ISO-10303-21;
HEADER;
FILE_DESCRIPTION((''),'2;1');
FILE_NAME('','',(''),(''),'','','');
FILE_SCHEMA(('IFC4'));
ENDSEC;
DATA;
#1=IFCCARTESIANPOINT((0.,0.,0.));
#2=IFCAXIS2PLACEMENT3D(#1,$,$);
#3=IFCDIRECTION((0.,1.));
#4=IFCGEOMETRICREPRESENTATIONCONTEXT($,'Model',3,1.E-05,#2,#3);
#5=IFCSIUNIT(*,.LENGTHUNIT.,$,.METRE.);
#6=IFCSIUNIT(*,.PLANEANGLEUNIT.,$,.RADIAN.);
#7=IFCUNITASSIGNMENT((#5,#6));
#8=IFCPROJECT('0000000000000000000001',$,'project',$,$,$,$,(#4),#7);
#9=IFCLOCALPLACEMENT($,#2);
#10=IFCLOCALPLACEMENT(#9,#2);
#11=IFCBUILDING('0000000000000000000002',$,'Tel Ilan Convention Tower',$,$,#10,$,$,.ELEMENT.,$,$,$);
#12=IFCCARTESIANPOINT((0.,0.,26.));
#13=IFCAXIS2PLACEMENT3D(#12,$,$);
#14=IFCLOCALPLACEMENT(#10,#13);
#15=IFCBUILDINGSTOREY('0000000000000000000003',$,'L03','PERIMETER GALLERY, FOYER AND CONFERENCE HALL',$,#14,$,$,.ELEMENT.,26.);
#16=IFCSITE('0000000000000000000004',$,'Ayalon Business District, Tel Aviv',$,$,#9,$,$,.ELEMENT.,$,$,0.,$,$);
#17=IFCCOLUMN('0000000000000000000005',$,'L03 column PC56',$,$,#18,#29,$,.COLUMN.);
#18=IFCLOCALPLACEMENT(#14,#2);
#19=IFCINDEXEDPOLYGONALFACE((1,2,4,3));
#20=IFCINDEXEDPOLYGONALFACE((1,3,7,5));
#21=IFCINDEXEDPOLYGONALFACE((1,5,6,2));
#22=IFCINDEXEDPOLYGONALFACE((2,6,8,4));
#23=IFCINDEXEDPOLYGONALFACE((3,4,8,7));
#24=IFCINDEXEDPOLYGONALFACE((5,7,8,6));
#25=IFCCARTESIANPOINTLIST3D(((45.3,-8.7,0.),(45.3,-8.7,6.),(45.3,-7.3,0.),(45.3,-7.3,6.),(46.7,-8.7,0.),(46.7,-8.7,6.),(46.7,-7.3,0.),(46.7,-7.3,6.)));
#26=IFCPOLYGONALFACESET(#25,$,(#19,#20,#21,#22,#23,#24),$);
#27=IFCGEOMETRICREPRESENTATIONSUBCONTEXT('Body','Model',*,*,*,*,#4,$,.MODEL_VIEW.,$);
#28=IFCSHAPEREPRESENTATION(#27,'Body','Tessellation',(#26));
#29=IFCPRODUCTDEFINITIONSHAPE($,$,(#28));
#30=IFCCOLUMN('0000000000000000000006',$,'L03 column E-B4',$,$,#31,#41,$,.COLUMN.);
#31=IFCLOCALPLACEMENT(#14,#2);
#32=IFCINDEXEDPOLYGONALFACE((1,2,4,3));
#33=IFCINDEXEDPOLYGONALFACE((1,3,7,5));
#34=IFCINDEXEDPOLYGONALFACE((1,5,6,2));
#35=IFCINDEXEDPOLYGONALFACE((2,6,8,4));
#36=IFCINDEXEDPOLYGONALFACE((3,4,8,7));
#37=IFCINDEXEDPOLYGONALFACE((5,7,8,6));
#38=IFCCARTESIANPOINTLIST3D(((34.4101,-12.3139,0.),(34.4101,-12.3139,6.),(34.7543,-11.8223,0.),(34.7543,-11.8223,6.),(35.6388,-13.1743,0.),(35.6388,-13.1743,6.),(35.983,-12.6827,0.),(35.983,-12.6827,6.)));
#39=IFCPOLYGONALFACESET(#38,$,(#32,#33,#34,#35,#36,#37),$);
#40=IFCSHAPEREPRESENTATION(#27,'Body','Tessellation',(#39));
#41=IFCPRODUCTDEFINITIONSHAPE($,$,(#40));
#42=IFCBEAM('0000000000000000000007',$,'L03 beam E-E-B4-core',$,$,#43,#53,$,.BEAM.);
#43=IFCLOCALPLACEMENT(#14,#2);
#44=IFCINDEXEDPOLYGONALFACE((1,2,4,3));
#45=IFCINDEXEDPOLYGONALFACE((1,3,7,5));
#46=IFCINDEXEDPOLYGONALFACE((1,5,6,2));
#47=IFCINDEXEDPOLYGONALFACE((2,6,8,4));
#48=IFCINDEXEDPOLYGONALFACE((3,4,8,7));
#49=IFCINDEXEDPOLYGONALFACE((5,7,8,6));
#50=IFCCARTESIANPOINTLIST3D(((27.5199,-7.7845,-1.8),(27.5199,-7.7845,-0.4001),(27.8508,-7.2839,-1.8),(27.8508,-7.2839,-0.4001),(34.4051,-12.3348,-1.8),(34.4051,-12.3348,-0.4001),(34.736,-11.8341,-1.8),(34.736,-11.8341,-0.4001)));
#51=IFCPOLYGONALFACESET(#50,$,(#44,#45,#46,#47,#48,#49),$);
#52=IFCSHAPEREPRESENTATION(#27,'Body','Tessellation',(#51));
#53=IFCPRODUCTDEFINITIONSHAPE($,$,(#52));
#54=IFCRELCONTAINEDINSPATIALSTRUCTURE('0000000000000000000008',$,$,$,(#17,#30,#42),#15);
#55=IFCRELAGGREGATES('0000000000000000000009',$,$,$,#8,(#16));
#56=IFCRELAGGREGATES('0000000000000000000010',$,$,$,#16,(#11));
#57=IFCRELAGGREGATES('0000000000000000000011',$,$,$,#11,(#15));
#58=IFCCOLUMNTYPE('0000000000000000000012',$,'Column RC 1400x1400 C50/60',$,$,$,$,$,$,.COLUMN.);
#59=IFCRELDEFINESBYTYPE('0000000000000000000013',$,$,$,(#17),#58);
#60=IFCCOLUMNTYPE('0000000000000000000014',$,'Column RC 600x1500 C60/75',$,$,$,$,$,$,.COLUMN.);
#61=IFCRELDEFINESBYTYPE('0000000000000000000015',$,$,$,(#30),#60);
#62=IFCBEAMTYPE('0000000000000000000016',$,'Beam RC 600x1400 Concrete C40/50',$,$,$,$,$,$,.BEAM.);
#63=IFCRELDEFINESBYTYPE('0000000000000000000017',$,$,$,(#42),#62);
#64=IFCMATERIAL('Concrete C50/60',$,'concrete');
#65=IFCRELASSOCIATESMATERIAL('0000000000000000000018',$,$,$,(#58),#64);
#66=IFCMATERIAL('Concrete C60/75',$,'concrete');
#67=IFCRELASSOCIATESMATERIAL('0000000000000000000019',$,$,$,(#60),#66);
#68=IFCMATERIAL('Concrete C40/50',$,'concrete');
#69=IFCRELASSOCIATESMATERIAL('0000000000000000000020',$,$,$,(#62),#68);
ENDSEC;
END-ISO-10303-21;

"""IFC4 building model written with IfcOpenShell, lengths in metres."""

from ifc_helpers import new_model, si_unit, direction, frame, origin, origin_2d, place, context, subcontext, project, spatial, rectangle, extrude, material, material_profile, profile_set, type_object, element, save


model = new_model("IFC4")

# Units and contexts
model_context = context("Model", 3, precision=1e-05, world=origin(), true_north=direction((0.0, 1.0)))
body_context = subcontext(model_context, "Body", "Model", "MODEL_VIEW")
ifc_project = project(units=[si_unit("LENGTHUNIT", "METRE"), si_unit("PLANEANGLEUNIT", "RADIAN")], contexts=[model_context])

# Site, building, storey
site_placement = place(None, origin())
site = spatial("IfcSite", under=ifc_project, at=site_placement, Name="Ayalon Business District, Tel Aviv", CompositionType="ELEMENT", RefElevation=0.0)
building_placement = place(site_placement, origin())
building = spatial("IfcBuilding", under=site, at=building_placement, Name="Tel Ilan Convention Tower", CompositionType="ELEMENT")
storey_placement = place(building_placement, frame((0.0, 0.0, 26.0)))
storey = spatial("IfcBuildingStorey", under=building, at=storey_placement, Name="L03", Description="PERIMETER GALLERY, FOYER AND CONFERENCE HALL", CompositionType="ELEMENT", Elevation=26.0)

# Columns
ifc_material_1 = material(Name="Concrete C50/60", Category="concrete")
ifc_material_profile_1 = material_profile(ifc_material_1, rectangle(XDim=1.3999, YDim=1.3999, at=origin_2d()), Name="RC 1400x1400")
ifc_profile_set_1 = profile_set([ifc_material_profile_1], Name="Concrete C50/60")
column_type_1 = type_object("IfcColumnType", Name="Column RC 1400x1400 C50/60", PredefinedType="COLUMN", material=ifc_profile_set_1)
column_1_placement = place(storey_placement, frame((46.0, -8.0, 0.0), z_axis=(0.0, 0.0, 1.0), x_axis=(1.0, 0.0, 0.0)))
element("IfcColumn", 1, at=column_1_placement, inside=storey, type_object=column_type_1, Name="L03 column PC56", PredefinedType="COLUMN", context=body_context, shape_type="SweptSolid", body=[
    extrude(rectangle(XDim=1.3999, YDim=1.3999, at=origin_2d()), origin(), (0.0, 0.0, 1.0), 6.0),
])
ifc_material_2 = material(Name="Concrete C60/75", Category="concrete")
ifc_material_profile_2 = material_profile(ifc_material_2, rectangle(XDim=1.5, YDim=0.6001, at=origin_2d()), Name="RC 600x1500")
ifc_profile_set_2 = profile_set([ifc_material_profile_2], Name="Concrete C60/75")
column_type_2 = type_object("IfcColumnType", Name="Column RC 600x1500 C60/75", PredefinedType="COLUMN", material=ifc_profile_set_2)
column_2_placement = place(storey_placement, frame((35.1965, -12.4983, 0.0), z_axis=(0.0, 0.0, 1.0), x_axis=(0.819152, -0.573576, 0.0)))
element("IfcColumn", 2, at=column_2_placement, inside=storey, type_object=column_type_2, Name="L03 column E-B4", PredefinedType="COLUMN", context=body_context, shape_type="SweptSolid", body=[
    extrude(rectangle(XDim=1.5, YDim=0.6001, at=origin_2d()), origin(), (0.0, 0.0, 1.0), 6.0),
])

# Beam
ifc_material_3 = material(Name="Concrete C40/50", Category="concrete")
ifc_material_profile_3 = material_profile(ifc_material_3, rectangle(XDim=0.6001, YDim=1.3999, at=origin_2d()), Name="RC 600x1400")
ifc_profile_set_3 = profile_set([ifc_material_profile_3], Name="Concrete C40/50")
beam_type = type_object("IfcBeamType", Name="Beam RC 600x1400 Concrete C40/50", PredefinedType="BEAM", material=ifc_profile_set_3)
beam_placement = place(storey_placement, frame((34.5706, -12.0845, -1.1001), z_axis=(-0.834274, 0.551351, 0.0), x_axis=(-0.551351, -0.834274, 0.0)))
element("IfcBeam", 3, at=beam_placement, inside=storey, type_object=beam_type, Name="L03 beam E-E-B4-core", PredefinedType="BEAM", context=body_context, shape_type="SweptSolid", body=[
    extrude(rectangle(XDim=0.6001, YDim=1.3999, at=origin_2d()), origin(), (0.0, 0.0, 1.0), 8.2529),
])

save(model, "model.ifc")
